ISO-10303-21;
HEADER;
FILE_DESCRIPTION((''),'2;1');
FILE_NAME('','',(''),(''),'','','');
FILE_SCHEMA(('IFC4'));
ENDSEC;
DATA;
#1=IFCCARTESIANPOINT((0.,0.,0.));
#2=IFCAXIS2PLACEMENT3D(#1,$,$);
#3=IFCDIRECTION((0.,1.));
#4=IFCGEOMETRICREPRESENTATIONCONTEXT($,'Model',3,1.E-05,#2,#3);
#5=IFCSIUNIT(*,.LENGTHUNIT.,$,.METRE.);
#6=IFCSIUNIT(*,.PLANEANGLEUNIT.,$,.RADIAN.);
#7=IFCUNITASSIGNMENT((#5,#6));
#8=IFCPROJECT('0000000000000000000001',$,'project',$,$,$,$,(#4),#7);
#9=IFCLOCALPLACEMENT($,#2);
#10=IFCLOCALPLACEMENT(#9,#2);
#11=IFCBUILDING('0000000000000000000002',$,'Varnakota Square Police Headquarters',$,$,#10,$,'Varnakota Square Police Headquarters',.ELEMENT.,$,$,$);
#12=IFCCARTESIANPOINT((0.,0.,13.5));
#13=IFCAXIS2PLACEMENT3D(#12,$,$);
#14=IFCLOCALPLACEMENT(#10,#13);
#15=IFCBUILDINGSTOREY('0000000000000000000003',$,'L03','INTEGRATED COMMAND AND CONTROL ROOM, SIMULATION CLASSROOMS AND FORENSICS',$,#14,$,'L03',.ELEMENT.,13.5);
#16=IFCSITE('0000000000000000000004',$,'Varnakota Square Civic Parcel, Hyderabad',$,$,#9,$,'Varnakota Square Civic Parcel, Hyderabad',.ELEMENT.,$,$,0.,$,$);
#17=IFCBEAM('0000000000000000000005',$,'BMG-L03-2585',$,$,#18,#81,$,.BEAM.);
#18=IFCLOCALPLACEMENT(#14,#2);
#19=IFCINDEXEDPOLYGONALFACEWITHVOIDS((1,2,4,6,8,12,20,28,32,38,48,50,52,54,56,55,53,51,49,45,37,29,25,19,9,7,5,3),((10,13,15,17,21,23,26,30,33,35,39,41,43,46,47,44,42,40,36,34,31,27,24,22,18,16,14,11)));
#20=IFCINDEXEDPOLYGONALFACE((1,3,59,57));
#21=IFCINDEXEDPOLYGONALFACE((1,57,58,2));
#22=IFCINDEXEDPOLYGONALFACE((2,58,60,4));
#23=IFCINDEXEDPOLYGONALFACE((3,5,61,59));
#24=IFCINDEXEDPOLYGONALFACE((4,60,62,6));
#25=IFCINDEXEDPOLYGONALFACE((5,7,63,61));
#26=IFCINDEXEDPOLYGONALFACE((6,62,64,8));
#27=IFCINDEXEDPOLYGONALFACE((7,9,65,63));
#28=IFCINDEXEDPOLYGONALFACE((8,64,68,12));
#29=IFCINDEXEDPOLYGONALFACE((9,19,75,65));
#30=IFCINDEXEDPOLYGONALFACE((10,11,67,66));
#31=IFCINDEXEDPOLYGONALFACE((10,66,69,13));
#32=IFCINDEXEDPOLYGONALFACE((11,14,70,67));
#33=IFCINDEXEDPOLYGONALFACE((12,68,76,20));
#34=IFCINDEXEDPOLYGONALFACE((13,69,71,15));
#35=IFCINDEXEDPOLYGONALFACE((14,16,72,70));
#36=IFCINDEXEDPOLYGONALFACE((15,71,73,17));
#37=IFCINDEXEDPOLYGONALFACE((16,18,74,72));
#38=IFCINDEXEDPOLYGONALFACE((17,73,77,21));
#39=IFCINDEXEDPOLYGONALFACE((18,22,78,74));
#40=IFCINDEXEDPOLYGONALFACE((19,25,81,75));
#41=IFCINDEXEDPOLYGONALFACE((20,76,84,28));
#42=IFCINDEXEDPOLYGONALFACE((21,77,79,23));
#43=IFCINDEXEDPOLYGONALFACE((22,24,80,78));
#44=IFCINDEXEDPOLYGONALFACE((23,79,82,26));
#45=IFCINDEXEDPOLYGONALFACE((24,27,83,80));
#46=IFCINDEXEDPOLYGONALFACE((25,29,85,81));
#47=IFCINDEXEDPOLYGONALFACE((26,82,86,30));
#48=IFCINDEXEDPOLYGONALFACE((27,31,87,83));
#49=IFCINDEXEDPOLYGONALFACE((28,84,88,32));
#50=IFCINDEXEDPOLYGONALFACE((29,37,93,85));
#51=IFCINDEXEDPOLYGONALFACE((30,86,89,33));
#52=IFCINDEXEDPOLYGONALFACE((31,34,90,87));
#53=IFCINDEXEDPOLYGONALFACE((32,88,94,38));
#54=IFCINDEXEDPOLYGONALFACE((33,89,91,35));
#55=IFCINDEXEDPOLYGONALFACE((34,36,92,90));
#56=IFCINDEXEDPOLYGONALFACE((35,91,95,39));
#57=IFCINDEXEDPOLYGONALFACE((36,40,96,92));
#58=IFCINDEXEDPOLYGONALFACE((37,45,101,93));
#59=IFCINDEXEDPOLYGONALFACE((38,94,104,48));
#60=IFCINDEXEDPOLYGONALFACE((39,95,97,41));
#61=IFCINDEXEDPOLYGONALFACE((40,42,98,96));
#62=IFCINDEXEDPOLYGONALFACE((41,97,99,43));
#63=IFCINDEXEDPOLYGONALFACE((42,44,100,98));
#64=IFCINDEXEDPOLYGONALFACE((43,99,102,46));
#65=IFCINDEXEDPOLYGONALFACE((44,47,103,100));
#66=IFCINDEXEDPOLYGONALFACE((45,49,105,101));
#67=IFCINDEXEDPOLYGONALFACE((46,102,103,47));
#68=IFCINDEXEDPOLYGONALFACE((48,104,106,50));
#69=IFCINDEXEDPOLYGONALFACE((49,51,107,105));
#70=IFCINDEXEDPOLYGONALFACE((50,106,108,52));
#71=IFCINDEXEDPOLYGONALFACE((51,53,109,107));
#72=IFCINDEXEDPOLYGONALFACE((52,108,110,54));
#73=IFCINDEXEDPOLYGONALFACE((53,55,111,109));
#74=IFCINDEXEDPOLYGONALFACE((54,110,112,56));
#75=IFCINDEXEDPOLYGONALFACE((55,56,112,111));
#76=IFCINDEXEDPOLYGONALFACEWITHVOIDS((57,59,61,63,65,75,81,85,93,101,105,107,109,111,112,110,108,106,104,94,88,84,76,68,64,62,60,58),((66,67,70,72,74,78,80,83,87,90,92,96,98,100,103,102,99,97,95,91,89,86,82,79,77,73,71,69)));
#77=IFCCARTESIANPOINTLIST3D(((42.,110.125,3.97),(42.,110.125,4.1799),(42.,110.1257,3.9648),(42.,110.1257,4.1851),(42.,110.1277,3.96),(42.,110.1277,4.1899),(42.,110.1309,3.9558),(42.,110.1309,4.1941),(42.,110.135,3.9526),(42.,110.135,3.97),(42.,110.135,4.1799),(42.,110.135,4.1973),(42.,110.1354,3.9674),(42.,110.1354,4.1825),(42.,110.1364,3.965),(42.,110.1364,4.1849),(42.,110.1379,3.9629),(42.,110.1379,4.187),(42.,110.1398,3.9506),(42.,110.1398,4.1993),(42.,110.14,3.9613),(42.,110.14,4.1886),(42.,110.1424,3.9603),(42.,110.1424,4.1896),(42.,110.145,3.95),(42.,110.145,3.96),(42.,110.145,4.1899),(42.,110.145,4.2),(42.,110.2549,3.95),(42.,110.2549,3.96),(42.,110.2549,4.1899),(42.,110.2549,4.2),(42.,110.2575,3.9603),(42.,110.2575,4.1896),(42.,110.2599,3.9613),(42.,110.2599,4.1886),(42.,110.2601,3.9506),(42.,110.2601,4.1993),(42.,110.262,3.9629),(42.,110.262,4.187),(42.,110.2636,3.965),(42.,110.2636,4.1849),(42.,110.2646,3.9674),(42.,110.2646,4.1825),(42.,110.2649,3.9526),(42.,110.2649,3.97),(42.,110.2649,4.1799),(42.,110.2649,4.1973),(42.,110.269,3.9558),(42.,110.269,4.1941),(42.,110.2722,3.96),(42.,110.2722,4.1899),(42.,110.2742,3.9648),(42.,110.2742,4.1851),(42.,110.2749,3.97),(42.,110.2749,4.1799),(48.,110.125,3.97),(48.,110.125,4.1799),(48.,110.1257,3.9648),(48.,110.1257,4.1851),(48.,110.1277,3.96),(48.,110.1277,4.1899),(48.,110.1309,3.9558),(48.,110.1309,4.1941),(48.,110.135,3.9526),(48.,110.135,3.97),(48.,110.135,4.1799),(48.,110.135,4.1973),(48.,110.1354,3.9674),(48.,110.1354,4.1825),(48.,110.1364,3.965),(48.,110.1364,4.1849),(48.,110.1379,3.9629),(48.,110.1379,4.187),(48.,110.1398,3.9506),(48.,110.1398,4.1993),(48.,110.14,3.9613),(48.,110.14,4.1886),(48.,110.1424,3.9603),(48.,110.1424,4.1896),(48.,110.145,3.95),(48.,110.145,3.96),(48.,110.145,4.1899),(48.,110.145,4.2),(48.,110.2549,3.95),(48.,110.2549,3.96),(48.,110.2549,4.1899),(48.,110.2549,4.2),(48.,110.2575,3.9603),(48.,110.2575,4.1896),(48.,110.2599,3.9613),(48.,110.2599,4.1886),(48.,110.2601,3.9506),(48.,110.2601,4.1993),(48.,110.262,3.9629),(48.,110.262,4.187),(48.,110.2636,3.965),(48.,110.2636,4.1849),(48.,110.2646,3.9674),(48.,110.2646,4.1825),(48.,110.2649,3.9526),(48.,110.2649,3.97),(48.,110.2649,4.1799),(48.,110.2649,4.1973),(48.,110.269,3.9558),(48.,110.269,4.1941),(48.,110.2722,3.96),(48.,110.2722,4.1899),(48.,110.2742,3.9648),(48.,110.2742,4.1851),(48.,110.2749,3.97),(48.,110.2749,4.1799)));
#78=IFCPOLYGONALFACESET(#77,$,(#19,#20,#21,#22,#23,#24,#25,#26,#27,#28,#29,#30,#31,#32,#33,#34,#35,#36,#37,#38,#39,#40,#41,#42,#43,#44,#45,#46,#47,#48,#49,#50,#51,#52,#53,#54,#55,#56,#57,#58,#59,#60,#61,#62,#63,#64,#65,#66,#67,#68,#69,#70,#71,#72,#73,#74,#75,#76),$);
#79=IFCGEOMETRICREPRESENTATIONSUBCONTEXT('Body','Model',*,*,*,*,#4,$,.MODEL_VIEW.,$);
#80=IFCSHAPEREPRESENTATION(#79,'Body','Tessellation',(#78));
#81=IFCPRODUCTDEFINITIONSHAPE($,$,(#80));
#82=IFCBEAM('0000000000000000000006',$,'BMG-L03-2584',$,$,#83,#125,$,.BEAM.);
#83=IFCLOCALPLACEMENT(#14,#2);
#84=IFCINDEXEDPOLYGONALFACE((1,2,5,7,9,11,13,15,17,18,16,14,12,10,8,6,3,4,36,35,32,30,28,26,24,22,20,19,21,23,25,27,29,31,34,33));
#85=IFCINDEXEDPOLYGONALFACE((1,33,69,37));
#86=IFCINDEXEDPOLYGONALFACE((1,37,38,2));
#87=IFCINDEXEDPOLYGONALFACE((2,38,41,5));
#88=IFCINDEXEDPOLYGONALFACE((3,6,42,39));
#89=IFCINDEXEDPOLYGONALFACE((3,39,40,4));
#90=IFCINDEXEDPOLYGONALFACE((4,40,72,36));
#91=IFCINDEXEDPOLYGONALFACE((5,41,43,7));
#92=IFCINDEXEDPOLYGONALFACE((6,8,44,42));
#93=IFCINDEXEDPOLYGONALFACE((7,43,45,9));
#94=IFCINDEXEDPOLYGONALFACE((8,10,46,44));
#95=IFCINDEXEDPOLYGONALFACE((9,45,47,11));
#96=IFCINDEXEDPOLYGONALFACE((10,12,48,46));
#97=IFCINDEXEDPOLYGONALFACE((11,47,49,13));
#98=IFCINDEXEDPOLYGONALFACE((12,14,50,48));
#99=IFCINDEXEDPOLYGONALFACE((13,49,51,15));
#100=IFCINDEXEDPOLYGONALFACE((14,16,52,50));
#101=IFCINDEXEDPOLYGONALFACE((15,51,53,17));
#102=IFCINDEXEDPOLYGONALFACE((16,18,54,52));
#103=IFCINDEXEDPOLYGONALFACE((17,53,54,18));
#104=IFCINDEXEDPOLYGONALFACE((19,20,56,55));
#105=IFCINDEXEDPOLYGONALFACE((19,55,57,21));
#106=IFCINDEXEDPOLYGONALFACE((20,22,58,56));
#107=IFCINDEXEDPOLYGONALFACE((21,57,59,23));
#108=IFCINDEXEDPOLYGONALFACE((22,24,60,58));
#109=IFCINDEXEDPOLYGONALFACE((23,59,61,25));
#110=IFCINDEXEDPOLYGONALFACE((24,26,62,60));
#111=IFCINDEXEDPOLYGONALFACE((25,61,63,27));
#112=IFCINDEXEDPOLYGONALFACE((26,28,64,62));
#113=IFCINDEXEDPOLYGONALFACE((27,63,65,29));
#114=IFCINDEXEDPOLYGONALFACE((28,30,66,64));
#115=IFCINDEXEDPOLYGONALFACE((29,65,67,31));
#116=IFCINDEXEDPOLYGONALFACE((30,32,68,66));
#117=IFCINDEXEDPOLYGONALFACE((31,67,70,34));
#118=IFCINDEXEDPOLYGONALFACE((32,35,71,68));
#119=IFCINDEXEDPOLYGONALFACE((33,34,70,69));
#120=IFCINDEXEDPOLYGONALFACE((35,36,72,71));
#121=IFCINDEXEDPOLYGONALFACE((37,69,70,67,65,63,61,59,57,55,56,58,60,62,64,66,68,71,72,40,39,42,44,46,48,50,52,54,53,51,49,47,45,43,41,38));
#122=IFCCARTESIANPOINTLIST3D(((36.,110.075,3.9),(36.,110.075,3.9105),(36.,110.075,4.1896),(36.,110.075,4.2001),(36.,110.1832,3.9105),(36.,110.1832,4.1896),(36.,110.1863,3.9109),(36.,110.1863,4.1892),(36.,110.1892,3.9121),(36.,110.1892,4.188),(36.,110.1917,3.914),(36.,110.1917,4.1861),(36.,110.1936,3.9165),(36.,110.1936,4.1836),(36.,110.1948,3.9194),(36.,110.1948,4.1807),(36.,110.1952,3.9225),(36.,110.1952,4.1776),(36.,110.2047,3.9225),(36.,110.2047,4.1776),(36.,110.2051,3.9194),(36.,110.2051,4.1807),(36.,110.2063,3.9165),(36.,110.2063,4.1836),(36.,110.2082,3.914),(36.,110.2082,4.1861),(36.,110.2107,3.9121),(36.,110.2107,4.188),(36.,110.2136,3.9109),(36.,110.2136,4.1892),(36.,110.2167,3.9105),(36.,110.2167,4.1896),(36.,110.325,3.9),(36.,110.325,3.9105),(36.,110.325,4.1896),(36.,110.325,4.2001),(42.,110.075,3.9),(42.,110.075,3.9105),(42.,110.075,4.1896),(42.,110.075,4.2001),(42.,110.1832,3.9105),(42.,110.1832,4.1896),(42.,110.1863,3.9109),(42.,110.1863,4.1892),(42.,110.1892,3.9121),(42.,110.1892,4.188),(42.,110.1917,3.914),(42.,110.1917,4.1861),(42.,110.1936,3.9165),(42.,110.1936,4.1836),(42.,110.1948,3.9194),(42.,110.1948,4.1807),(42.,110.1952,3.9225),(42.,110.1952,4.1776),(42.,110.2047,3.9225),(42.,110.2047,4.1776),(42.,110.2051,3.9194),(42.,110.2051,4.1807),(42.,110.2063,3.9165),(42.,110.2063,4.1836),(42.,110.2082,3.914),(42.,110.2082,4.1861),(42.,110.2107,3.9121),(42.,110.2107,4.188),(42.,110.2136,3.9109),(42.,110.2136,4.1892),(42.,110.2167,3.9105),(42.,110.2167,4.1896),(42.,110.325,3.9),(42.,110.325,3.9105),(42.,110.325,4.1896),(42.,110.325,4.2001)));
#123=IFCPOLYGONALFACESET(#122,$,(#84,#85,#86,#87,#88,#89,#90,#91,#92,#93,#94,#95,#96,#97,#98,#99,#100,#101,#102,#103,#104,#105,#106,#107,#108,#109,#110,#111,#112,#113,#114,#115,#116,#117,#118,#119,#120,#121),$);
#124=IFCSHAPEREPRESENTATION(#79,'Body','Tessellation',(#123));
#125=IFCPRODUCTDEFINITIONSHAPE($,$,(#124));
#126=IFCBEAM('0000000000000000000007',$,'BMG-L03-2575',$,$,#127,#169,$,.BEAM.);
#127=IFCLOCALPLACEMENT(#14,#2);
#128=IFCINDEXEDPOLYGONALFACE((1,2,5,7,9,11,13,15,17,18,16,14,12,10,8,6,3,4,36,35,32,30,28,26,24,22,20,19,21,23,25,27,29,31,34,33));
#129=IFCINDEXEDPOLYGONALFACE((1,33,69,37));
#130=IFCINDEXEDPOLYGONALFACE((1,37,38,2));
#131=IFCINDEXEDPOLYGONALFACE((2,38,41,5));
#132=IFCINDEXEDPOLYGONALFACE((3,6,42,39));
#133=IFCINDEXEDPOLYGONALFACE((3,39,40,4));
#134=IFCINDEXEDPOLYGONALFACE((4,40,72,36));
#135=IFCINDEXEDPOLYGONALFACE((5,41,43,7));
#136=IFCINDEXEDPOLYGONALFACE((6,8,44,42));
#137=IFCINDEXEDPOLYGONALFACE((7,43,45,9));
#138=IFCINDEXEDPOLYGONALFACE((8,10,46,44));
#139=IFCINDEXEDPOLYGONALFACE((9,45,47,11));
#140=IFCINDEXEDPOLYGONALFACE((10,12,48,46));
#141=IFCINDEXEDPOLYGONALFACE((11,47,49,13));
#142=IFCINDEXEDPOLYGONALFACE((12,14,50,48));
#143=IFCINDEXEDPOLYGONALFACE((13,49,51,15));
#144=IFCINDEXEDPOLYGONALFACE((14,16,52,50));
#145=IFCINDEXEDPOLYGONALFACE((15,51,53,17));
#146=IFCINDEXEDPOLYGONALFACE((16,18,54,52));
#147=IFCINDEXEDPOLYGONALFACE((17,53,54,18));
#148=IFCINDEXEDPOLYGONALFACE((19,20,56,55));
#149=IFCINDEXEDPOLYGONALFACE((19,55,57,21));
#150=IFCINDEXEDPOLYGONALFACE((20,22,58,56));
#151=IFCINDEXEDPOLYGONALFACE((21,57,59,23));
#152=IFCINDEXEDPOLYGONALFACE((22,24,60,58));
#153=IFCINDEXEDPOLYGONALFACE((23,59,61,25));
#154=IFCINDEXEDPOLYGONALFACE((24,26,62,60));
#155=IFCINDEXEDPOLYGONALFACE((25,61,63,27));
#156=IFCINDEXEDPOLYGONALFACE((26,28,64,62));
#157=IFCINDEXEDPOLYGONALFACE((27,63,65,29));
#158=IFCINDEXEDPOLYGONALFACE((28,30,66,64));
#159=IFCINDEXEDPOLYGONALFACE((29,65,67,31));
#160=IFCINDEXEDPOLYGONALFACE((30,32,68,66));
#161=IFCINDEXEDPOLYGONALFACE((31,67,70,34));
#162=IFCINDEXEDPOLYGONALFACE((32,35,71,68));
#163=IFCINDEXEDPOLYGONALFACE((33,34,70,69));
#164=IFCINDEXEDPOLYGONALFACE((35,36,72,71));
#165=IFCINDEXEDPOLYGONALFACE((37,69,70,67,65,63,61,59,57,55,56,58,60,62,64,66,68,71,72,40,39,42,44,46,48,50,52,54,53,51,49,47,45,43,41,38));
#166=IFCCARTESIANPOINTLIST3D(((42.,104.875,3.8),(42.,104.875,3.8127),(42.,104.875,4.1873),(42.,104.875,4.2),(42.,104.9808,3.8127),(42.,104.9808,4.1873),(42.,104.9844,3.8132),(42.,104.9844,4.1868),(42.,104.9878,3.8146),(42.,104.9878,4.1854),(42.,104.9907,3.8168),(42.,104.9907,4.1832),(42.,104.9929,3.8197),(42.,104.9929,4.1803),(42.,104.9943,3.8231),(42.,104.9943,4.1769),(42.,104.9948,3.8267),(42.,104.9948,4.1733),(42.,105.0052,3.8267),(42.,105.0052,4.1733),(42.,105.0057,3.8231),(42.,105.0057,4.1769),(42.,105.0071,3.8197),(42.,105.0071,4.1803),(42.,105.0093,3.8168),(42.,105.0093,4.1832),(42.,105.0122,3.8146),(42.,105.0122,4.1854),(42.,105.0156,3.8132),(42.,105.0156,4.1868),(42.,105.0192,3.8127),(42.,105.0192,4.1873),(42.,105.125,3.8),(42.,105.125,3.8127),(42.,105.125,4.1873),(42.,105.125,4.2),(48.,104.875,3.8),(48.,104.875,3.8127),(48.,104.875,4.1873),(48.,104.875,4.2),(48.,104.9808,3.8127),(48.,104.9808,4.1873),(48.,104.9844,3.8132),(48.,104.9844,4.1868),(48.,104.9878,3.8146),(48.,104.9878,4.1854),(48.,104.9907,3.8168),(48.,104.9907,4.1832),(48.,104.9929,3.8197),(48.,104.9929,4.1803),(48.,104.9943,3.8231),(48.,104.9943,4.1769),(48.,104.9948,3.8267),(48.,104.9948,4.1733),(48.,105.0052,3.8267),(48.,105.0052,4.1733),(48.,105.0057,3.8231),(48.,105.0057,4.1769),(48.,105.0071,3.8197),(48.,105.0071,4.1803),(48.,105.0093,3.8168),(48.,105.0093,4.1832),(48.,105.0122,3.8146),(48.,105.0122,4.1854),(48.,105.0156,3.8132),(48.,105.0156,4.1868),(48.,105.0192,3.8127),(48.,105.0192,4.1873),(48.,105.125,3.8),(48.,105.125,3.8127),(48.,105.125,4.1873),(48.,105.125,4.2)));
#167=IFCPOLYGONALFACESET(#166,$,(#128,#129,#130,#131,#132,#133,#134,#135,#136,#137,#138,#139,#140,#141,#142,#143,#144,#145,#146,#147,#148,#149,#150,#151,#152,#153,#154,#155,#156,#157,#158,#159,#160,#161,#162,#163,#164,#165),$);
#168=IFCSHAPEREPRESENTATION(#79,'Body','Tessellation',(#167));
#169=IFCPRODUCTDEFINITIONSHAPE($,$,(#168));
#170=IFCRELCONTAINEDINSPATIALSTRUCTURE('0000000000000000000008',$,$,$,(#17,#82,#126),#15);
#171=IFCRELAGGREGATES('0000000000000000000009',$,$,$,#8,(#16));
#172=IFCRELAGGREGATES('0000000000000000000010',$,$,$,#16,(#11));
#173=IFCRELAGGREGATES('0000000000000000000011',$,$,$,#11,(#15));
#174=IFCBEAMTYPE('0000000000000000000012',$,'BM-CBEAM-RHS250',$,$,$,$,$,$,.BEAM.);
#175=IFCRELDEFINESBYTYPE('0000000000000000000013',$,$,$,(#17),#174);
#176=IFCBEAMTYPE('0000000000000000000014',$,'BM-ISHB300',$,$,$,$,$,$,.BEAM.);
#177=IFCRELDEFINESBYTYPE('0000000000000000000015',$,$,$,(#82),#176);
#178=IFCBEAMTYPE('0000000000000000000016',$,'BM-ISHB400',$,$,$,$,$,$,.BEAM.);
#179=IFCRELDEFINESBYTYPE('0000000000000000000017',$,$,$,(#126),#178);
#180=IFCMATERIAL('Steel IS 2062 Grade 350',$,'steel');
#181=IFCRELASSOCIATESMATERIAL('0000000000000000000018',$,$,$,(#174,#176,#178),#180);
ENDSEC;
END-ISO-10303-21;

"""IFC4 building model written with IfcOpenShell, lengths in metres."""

from ifc_helpers import new_model, si_unit, direction, frame, origin, origin_2d, place, context, subcontext, project, spatial, hollow_rectangle, i_section, extrude, material, material_profile, profile_set, type_object, element, save


model = new_model("IFC4")

# Units and contexts
model_context = context("Model", 3, precision=1e-05, world=origin(), true_north=direction((0.0, 1.0)))
body_context = subcontext(model_context, "Body", "Model", "MODEL_VIEW")
ifc_project = project(units=[si_unit("LENGTHUNIT", "METRE"), si_unit("PLANEANGLEUNIT", "RADIAN")], contexts=[model_context])

# Site, building, storey
site_placement = place(None, origin())
site = spatial("IfcSite", under=ifc_project, at=site_placement, Name="Varnakota Square Civic Parcel, Hyderabad", LongName="Varnakota Square Civic Parcel, Hyderabad", CompositionType="ELEMENT", RefElevation=0.0)
building_placement = place(site_placement, origin())
building = spatial("IfcBuilding", under=site, at=building_placement, Name="Varnakota Square Police Headquarters", LongName="Varnakota Square Police Headquarters", CompositionType="ELEMENT")
storey_placement = place(building_placement, frame((0.0, 0.0, 13.5)))
storey = spatial("IfcBuildingStorey", under=building, at=storey_placement, Name="L03", Description="INTEGRATED COMMAND AND CONTROL ROOM, SIMULATION CLASSROOMS AND FORENSICS", LongName="L03", CompositionType="ELEMENT", Elevation=13.5)

# Shared definitions
ifc_material_1 = material(Name="Steel IS 2062 Grade 350", Category="steel")

# Beams
ifc_material_profile_1 = material_profile(ifc_material_1, hollow_rectangle(XDim=0.1499, YDim=0.25, WallThickness=0.01, InnerFilletRadius=0.01, OuterFilletRadius=0.02, at=origin_2d()), Name="RHS 250x150x10")
ifc_profile_set_1 = profile_set([ifc_material_profile_1], Name="Steel IS 2062 Grade 350")
beam_type_1 = type_object("IfcBeamType", Name="BM-CBEAM-RHS250", PredefinedType="BEAM", material=ifc_profile_set_1)
beam_1_placement = place(storey_placement, frame((42.0, 110.2, 4.075), z_axis=(1.0, 0.0, 0.0), x_axis=(0.0, 1.0, 0.0)))
element("IfcBeam", 1, at=beam_1_placement, inside=storey, type_object=beam_type_1, Name="BMG-L03-2585", PredefinedType="BEAM", context=body_context, shape_type="SweptSolid", body=[
    extrude(hollow_rectangle(XDim=0.1499, YDim=0.25, WallThickness=0.01, InnerFilletRadius=0.01, OuterFilletRadius=0.02, at=origin_2d()), origin(), (0.0, 0.0, 1.0), 6.0),
])
ifc_material_profile_2 = material_profile(ifc_material_1, i_section(OverallWidth=0.25, OverallDepth=0.3, WebThickness=0.0095, FlangeThickness=0.0105, FilletRadius=0.012, at=origin_2d()), Name="ISHB 300")
ifc_profile_set_2 = profile_set([ifc_material_profile_2], Name="Steel IS 2062 Grade 350")
beam_type_2 = type_object("IfcBeamType", Name="BM-ISHB300", PredefinedType="BEAM", material=ifc_profile_set_2)
beam_2_placement = place(storey_placement, frame((36.0, 110.2, 4.05), z_axis=(1.0, 0.0, 0.0), x_axis=(0.0, 1.0, 0.0)))
element("IfcBeam", 2, at=beam_2_placement, inside=storey, type_object=beam_type_2, Name="BMG-L03-2584", PredefinedType="BEAM", context=body_context, shape_type="SweptSolid", body=[
    extrude(i_section(OverallWidth=0.25, OverallDepth=0.3, WebThickness=0.0095, FlangeThickness=0.0105, FilletRadius=0.012, at=origin_2d()), origin(), (0.0, 0.0, 1.0), 6.0),
])
ifc_material_profile_3 = material_profile(ifc_material_1, i_section(OverallWidth=0.25, OverallDepth=0.3999, WebThickness=0.0105, FlangeThickness=0.0127, FilletRadius=0.0139, at=origin_2d()), Name="ISHB 400")
ifc_profile_set_3 = profile_set([ifc_material_profile_3], Name="Steel IS 2062 Grade 350")
beam_type_3 = type_object("IfcBeamType", Name="BM-ISHB400", PredefinedType="BEAM", material=ifc_profile_set_3)
beam_3_placement = place(storey_placement, frame((42.0, 105.0, 4.0), z_axis=(1.0, 0.0, 0.0), x_axis=(0.0, 1.0, 0.0)))
element("IfcBeam", 3, at=beam_3_placement, inside=storey, type_object=beam_type_3, Name="BMG-L03-2575", PredefinedType="BEAM", context=body_context, shape_type="SweptSolid", body=[
    extrude(i_section(OverallWidth=0.25, OverallDepth=0.3999, WebThickness=0.0105, FlangeThickness=0.0127, FilletRadius=0.0139, at=origin_2d()), origin(), (0.0, 0.0, 1.0), 6.0),
])

save(model, "model.ifc")
